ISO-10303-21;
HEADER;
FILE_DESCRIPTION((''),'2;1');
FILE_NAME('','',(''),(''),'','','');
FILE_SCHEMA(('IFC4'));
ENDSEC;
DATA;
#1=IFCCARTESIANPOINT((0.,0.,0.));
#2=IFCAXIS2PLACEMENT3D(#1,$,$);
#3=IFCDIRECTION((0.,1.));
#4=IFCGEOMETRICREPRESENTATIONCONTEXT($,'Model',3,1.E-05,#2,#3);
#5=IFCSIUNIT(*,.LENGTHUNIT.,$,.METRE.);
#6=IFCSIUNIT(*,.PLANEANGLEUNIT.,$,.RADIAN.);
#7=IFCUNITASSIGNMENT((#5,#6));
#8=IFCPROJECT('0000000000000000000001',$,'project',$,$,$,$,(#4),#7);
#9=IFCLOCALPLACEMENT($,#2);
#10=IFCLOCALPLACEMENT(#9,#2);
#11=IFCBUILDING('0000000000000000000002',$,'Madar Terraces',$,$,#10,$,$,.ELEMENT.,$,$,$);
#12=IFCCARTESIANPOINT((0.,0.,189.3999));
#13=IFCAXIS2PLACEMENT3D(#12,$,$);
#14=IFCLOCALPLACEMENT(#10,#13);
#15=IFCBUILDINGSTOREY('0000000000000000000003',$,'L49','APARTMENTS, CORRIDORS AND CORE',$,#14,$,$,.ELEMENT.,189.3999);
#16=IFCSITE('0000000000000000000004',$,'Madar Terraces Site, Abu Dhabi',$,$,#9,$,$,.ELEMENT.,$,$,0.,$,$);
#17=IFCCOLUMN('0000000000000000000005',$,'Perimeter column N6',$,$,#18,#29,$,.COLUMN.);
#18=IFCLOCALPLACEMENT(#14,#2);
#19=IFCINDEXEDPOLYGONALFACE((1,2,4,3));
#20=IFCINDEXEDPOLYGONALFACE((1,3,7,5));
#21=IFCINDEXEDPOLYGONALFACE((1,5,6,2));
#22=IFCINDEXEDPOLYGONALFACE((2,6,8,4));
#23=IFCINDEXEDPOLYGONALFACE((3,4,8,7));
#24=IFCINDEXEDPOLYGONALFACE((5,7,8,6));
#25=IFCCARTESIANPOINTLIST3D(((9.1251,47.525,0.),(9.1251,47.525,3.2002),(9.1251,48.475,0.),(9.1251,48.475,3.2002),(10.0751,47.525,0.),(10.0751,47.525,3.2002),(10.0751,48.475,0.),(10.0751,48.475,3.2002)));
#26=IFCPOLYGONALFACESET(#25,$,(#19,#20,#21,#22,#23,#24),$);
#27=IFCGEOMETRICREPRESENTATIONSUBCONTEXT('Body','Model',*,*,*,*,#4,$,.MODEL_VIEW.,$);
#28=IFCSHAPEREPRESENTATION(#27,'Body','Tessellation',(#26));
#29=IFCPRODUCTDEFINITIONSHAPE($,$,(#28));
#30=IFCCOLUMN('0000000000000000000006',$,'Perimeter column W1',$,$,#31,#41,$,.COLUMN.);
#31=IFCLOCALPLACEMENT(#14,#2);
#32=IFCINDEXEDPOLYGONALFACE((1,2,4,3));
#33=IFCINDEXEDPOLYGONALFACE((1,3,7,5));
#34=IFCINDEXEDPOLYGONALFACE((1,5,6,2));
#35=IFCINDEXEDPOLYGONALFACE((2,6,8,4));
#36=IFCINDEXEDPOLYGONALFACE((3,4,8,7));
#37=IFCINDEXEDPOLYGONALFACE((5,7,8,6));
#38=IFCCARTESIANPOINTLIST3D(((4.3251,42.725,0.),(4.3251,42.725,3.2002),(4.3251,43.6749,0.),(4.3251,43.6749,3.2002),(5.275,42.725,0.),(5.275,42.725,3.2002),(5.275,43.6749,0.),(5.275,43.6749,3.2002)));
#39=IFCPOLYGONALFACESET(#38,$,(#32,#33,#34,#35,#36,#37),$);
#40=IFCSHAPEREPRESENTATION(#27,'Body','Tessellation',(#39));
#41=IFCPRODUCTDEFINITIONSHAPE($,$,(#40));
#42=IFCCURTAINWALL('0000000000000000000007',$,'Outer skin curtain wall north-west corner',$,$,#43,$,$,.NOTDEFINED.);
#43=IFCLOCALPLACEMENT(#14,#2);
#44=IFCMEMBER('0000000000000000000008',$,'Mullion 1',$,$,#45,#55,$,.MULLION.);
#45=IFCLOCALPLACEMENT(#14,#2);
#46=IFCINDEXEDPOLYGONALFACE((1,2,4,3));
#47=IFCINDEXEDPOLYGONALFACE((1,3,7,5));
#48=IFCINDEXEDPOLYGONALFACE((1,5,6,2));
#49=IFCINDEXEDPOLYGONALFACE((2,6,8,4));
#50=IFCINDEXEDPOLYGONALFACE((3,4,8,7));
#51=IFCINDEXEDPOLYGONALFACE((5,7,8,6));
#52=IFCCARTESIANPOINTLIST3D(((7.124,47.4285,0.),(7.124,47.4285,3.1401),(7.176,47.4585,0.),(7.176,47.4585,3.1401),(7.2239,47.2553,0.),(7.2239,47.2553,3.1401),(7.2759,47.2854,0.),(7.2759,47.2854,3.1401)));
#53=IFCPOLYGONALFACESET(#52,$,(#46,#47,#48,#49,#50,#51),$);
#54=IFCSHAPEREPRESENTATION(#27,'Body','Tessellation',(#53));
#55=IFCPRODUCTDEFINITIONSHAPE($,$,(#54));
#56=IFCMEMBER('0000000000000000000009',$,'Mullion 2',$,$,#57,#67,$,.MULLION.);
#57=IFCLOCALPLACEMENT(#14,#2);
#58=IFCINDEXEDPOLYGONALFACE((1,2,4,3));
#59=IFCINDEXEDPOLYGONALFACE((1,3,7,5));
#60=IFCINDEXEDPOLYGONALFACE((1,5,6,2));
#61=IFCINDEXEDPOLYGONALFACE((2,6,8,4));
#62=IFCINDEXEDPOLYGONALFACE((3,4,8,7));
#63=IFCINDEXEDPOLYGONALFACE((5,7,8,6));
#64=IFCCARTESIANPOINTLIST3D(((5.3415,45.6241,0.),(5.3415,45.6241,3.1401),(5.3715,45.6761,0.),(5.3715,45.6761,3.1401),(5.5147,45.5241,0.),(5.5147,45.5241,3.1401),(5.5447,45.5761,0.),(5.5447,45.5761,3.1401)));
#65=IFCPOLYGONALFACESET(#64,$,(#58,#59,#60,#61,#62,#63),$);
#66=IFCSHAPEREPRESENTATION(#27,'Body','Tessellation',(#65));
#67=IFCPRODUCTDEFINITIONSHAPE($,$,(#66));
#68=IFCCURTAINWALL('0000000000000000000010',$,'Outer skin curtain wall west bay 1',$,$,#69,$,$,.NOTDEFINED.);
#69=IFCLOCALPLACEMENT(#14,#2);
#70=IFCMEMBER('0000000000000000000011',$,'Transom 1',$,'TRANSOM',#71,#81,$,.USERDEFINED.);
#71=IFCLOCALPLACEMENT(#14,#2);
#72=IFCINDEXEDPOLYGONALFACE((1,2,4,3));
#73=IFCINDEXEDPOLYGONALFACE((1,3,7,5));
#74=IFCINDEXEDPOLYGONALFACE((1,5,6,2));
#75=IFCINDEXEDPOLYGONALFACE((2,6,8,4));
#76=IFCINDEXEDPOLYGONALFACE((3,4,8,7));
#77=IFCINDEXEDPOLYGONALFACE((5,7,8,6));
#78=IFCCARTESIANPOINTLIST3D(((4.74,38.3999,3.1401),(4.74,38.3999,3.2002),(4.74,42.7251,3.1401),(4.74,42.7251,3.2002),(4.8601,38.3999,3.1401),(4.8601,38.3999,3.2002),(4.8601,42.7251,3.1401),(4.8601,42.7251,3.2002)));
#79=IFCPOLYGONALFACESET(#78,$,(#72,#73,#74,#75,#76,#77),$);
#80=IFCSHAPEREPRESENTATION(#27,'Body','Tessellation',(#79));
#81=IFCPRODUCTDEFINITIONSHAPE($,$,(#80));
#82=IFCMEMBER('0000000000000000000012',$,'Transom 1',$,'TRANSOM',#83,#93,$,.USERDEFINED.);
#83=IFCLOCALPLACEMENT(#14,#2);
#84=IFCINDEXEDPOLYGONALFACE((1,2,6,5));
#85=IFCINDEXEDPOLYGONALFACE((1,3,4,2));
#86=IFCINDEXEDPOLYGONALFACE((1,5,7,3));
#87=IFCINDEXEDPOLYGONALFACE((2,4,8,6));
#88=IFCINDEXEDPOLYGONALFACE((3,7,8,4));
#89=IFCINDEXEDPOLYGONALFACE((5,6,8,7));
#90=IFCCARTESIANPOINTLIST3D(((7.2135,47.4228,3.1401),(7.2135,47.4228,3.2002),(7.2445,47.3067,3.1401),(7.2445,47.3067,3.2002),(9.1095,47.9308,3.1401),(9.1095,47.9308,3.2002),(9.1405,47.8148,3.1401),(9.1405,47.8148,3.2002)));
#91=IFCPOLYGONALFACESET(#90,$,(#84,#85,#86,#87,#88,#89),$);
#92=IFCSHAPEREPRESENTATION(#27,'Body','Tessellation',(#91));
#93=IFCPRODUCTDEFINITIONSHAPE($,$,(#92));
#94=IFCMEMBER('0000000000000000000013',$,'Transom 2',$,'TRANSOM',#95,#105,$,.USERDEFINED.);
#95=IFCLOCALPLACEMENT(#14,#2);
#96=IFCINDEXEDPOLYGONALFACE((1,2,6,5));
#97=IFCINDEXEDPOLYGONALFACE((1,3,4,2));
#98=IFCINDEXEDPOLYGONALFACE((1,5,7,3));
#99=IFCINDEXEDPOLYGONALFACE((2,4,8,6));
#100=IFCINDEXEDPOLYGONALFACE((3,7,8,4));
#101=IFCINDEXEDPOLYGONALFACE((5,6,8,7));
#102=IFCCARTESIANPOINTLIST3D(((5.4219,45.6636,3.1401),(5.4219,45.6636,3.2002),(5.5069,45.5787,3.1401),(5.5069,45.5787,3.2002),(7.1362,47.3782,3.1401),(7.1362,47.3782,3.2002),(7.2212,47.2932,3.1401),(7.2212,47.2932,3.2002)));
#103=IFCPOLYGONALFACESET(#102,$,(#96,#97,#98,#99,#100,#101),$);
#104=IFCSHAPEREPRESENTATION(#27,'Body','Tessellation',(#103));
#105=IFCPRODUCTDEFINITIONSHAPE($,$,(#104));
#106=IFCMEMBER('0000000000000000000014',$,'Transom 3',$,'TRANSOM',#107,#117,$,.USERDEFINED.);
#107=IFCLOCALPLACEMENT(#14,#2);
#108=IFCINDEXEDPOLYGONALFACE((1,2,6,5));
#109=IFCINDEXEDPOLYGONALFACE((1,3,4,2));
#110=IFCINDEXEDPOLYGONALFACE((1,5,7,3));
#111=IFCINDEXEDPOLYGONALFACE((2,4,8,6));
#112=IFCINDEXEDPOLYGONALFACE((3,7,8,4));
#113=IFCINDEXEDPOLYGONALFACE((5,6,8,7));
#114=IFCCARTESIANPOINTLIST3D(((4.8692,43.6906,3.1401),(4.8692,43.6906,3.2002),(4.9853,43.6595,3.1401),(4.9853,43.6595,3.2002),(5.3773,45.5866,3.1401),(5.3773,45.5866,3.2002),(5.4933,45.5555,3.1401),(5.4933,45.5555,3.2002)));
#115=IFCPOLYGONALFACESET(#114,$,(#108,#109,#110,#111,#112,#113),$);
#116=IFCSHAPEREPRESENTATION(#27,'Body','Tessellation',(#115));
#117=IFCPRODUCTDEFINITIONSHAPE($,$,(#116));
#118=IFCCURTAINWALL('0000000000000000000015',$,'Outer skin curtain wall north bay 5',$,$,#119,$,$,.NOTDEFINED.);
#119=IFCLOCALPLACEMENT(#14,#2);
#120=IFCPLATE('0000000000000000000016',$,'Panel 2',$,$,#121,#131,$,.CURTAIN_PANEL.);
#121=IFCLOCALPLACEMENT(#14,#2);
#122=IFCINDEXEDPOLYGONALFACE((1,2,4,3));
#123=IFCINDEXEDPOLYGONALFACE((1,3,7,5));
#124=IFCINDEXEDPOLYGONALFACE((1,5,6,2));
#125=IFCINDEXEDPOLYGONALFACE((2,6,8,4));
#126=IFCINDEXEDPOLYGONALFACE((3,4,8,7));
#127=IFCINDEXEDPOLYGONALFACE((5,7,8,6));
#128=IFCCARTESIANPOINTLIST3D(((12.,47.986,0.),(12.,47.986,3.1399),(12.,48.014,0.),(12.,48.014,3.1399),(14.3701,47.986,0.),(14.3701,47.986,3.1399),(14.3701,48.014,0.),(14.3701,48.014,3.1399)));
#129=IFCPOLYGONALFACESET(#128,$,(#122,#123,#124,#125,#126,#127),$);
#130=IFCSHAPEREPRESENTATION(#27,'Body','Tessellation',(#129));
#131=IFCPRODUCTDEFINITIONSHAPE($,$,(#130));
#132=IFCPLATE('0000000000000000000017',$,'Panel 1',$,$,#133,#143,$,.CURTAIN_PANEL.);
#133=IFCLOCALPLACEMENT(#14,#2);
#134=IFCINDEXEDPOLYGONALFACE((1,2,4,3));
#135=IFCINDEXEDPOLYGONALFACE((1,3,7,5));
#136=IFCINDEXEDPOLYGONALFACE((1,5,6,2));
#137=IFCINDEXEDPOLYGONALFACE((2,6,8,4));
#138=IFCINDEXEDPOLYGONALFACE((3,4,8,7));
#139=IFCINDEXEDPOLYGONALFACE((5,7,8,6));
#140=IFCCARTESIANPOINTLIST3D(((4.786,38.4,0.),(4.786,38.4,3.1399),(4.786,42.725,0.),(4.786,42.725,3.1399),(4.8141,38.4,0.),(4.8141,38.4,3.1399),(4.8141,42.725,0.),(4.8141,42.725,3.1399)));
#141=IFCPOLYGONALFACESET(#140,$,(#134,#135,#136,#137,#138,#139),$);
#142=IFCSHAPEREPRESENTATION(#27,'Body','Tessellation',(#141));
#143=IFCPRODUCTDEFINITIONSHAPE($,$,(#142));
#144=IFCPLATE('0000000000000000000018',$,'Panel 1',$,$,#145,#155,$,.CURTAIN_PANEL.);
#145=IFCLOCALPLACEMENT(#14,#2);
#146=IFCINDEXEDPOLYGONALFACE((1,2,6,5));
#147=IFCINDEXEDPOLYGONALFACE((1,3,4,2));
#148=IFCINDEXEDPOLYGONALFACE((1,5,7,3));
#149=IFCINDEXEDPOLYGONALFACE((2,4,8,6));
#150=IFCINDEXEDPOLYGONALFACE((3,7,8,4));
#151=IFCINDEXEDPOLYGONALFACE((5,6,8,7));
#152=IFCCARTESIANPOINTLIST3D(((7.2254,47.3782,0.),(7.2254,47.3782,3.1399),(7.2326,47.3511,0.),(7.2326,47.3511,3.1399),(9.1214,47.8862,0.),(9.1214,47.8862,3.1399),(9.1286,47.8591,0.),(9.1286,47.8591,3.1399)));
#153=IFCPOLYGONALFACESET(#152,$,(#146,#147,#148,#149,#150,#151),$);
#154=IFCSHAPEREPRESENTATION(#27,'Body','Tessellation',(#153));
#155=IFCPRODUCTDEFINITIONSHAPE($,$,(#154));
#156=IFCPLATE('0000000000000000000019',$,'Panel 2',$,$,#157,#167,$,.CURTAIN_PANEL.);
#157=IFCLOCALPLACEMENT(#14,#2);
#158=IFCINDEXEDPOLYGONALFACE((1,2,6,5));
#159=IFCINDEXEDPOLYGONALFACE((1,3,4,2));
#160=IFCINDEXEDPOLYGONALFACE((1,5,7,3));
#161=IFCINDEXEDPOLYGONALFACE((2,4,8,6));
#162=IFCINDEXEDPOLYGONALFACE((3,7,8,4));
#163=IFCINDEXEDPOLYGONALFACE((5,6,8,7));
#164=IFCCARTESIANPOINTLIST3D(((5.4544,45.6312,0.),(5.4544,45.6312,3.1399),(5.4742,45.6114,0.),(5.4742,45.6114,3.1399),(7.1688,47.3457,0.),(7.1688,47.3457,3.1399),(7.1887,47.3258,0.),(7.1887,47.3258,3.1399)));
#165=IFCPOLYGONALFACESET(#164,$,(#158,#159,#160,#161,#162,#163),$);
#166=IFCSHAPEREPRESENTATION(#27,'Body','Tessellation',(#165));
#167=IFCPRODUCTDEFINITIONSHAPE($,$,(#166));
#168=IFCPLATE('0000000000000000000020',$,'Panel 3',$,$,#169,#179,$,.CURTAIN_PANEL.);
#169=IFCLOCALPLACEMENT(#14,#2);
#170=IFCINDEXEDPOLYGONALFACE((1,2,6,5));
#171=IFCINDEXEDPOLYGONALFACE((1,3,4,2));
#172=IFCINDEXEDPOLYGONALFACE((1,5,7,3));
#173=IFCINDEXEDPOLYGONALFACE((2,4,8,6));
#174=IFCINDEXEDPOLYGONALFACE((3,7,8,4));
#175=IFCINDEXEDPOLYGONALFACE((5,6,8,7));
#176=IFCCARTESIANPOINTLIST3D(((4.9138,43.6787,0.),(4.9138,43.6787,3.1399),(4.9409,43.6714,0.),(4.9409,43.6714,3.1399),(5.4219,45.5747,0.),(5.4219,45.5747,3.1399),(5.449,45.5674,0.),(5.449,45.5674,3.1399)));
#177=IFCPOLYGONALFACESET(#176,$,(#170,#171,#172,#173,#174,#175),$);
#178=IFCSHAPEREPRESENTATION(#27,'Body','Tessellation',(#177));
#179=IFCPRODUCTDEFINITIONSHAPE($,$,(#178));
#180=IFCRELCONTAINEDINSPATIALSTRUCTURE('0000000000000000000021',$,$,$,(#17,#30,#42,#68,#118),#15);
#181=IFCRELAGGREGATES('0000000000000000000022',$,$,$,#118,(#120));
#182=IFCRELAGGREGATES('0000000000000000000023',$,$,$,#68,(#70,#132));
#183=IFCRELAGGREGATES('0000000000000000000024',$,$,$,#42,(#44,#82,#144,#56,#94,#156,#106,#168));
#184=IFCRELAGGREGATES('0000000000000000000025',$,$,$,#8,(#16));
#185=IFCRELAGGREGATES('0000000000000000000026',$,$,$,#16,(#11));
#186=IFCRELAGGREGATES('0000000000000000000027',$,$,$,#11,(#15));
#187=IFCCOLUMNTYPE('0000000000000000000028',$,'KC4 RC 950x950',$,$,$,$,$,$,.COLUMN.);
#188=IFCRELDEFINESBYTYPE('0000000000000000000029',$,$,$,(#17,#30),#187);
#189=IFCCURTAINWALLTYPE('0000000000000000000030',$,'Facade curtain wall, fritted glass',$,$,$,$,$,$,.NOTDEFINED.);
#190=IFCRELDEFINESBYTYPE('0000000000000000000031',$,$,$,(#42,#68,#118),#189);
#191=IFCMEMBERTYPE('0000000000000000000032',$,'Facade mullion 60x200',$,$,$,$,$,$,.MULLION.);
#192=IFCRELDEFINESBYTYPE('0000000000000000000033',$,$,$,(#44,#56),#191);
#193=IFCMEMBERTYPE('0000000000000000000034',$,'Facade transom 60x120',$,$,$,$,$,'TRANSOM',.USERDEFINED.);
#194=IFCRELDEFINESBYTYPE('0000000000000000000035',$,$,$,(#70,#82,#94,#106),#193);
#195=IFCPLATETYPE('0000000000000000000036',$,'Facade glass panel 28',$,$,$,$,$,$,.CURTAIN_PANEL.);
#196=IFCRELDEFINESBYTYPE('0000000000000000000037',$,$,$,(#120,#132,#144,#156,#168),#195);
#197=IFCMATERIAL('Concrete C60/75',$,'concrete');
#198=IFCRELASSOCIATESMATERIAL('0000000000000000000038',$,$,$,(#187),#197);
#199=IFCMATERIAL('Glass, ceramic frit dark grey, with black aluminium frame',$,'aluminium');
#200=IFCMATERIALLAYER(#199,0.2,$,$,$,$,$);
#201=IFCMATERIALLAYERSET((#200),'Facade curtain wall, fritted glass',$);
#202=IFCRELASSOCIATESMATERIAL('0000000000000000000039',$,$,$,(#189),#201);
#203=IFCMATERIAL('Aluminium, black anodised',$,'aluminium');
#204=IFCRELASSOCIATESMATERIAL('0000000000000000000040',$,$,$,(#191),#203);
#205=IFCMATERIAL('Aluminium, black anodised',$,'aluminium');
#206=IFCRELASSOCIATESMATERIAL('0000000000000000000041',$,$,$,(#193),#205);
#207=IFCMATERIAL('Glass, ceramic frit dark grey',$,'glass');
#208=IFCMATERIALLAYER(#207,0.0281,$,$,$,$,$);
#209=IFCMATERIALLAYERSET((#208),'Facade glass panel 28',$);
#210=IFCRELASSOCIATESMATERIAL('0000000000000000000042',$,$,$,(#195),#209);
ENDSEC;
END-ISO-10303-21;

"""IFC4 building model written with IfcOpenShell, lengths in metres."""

from ifc_helpers import new_model, si_unit, direction, frame, origin, origin_2d, place, context, subcontext, project, spatial, rectangle, extrude, material, layer, layer_set, material_profile, profile_set, type_object, element, aggregate, save


model = new_model("IFC4")

# Units and contexts
model_context = context("Model", 3, precision=1e-05, world=origin(), true_north=direction((0.0, 1.0)))
body_context = subcontext(model_context, "Body", "Model", "MODEL_VIEW")
ifc_project = project(units=[si_unit("LENGTHUNIT", "METRE"), si_unit("PLANEANGLEUNIT", "RADIAN")], contexts=[model_context])

# Site, building, storey
site_placement = place(None, origin())
site = spatial("IfcSite", under=ifc_project, at=site_placement, Name="Madar Terraces Site, Abu Dhabi", CompositionType="ELEMENT", RefElevation=0.0)
building_placement = place(site_placement, origin())
building = spatial("IfcBuilding", under=site, at=building_placement, Name="Madar Terraces", CompositionType="ELEMENT")
storey_placement = place(building_placement, frame((0.0, 0.0, 189.3999)))
storey = spatial("IfcBuildingStorey", under=building, at=storey_placement, Name="L49", Description="APARTMENTS, CORRIDORS AND CORE", CompositionType="ELEMENT", Elevation=189.3999)

# Columns
ifc_material_1 = material(Name="Concrete C60/75", Category="concrete")
ifc_material_profile_1 = material_profile(ifc_material_1, rectangle(XDim=0.95, YDim=0.95, at=origin_2d()), Name="KC4 RC 950x950")
ifc_profile_set_1 = profile_set([ifc_material_profile_1], Name="Concrete C60/75")
column_type = type_object("IfcColumnType", Name="KC4 RC 950x950", PredefinedType="COLUMN", material=ifc_profile_set_1)
for number, where, z_axis, x_axis, name in (
    (1, (9.6001, 48.0, 0.0), (0.0, 0.0, 1.0), (1.0, 0.0, 0.0), "Perimeter column N6"),
    (2, (4.8, 43.2, 0.0), (0.0, 0.0, 1.0), (1.0, 0.0, 0.0), "Perimeter column W1"),
):
    element("IfcColumn", number, at=place(storey_placement, frame(where, z_axis=z_axis, x_axis=x_axis)), inside=storey, type_object=column_type, Name=name, PredefinedType="COLUMN", context=body_context, shape_type="SweptSolid", body=[
        extrude(rectangle(XDim=0.95, YDim=0.95, at=origin_2d()), origin(), (0.0, 0.0, 1.0), 3.2002),
    ])

# Curtain wall, members
ifc_material_2 = material(Name="Glass, ceramic frit dark grey, with black aluminium frame", Category="aluminium")
ifc_layer_1 = layer(ifc_material_2, 0.2)
ifc_layer_set_1 = layer_set([ifc_layer_1], Name="Facade curtain wall, fritted glass")
curtain_wall_type = type_object("IfcCurtainWallType", Name="Facade curtain wall, fritted glass", PredefinedType="NOTDEFINED", material=ifc_layer_set_1)
curtain_wall_1_placement = place(storey_placement, origin())
curtain_wall_1 = element("IfcCurtainWall", 3, at=curtain_wall_1_placement, inside=storey, type_object=curtain_wall_type, Name="Outer skin curtain wall north-west corner", PredefinedType="NOTDEFINED")
ifc_material_3 = material(Name="Aluminium, black anodised", Category="aluminium")
ifc_material_profile_2 = material_profile(ifc_material_3, rectangle(XDim=0.2, YDim=0.0601, at=origin_2d()), Name="Facade mullion 60x200")
ifc_profile_set_2 = profile_set([ifc_material_profile_2], Name="Aluminium, black anodised")
member_type_1 = type_object("IfcMemberType", Name="Facade mullion 60x200", PredefinedType="MULLION", material=ifc_profile_set_2)
member_1_placement = place(storey_placement, frame((7.2, 47.3569, 0.0), z_axis=(0.0, 0.0, 1.0), x_axis=(0.5, -0.866025, 0.0)))
member_1 = element("IfcMember", 4, at=member_1_placement, type_object=member_type_1, Name="Mullion 1", PredefinedType="MULLION", context=body_context, shape_type="SweptSolid", body=[
    extrude(rectangle(XDim=0.2, YDim=0.0601, at=origin_2d()), origin(), (0.0, 0.0, 1.0), 3.1401),
])
member_2_placement = place(storey_placement, frame((5.4431, 45.6001, 0.0), z_axis=(0.0, 0.0, 1.0), x_axis=(0.866025, -0.5, 0.0)))
member_2 = element("IfcMember", 5, at=member_2_placement, type_object=member_type_1, Name="Mullion 2", PredefinedType="MULLION", context=body_context, shape_type="SweptSolid", body=[
    extrude(rectangle(XDim=0.2, YDim=0.0601, at=origin_2d()), origin(), (0.0, 0.0, 1.0), 3.1401),
])

# Curtain wall, member
curtain_wall_2_placement = place(storey_placement, origin())
curtain_wall_2 = element("IfcCurtainWall", 6, at=curtain_wall_2_placement, inside=storey, type_object=curtain_wall_type, Name="Outer skin curtain wall west bay 1", PredefinedType="NOTDEFINED")
ifc_material_4 = material(Name="Aluminium, black anodised", Category="aluminium")
ifc_material_profile_3 = material_profile(ifc_material_4, rectangle(XDim=0.1201, YDim=0.0601, at=origin_2d()), Name="Facade transom 60x120")
ifc_profile_set_3 = profile_set([ifc_material_profile_3], Name="Aluminium, black anodised")
member_type_2 = type_object("IfcMemberType", Name="Facade transom 60x120", ElementType="TRANSOM", PredefinedType="USERDEFINED", material=ifc_profile_set_3)
member_3_placement = place(storey_placement, frame((4.8, 42.7251, 3.1702), z_axis=(0.0, -1.0, 0.0), x_axis=(1.0, 0.0, 0.0)))
member_3 = element("IfcMember", 7, at=member_3_placement, type_object=member_type_2, Name="Transom 1", ObjectType="TRANSOM", PredefinedType="USERDEFINED", context=body_context, shape_type="SweptSolid", body=[
    extrude(rectangle(XDim=0.1201, YDim=0.0601, at=origin_2d()), origin(), (0.0, 0.0, 1.0), 4.3252),
])

# Members
member_4_placement = place(storey_placement, frame((9.125, 47.8728, 3.1702), z_axis=(-0.965923, -0.258831, 0.0), x_axis=(0.258831, -0.965923, 0.0)))
member_4 = element("IfcMember", 8, at=member_4_placement, type_object=member_type_2, Name="Transom 1", ObjectType="TRANSOM", PredefinedType="USERDEFINED", context=body_context, shape_type="SweptSolid", body=[
    extrude(rectangle(XDim=0.1201, YDim=0.0601, at=origin_2d()), origin(), (0.0, 0.0, 1.0), 1.9629),
])
member_5_placement = place(storey_placement, frame((7.1787, 47.3357, 3.1702), z_axis=(-0.707056, -0.707157, 0.0), x_axis=(0.707157, -0.707056, 0.0)))
member_5 = element("IfcMember", 9, at=member_5_placement, type_object=member_type_2, Name="Transom 2", ObjectType="TRANSOM", PredefinedType="USERDEFINED", context=body_context, shape_type="SweptSolid", body=[
    extrude(rectangle(XDim=0.1201, YDim=0.0601, at=origin_2d()), origin(), (0.0, 0.0, 1.0), 2.4246),
])
member_6_placement = place(storey_placement, frame((5.4353, 45.571, 3.1702), z_axis=(-0.258831, -0.965923, 0.0), x_axis=(0.965923, -0.258831, 0.0)))
member_6 = element("IfcMember", 10, at=member_6_placement, type_object=member_type_2, Name="Transom 3", ObjectType="TRANSOM", PredefinedType="USERDEFINED", context=body_context, shape_type="SweptSolid", body=[
    extrude(rectangle(XDim=0.1201, YDim=0.0601, at=origin_2d()), origin(), (0.0, 0.0, 1.0), 1.9629),
])

# Curtain wall, plate
curtain_wall_3_placement = place(storey_placement, origin())
curtain_wall_3 = element("IfcCurtainWall", 11, at=curtain_wall_3_placement, inside=storey, type_object=curtain_wall_type, Name="Outer skin curtain wall north bay 5", PredefinedType="NOTDEFINED")
ifc_material_5 = material(Name="Glass, ceramic frit dark grey", Category="glass")
ifc_layer_2 = layer(ifc_material_5, 0.0281)
ifc_layer_set_2 = layer_set([ifc_layer_2], Name="Facade glass panel 28")
plate_type = type_object("IfcPlateType", Name="Facade glass panel 28", PredefinedType="CURTAIN_PANEL", material=ifc_layer_set_2)
plate_1_placement = place(storey_placement, frame((13.1851, 48.0, 0.0), z_axis=(0.0, 0.0, 1.0), x_axis=(-1.0, 0.0, 0.0)))
plate_1 = element("IfcPlate", 12, at=plate_1_placement, type_object=plate_type, Name="Panel 2", PredefinedType="CURTAIN_PANEL", context=body_context, shape_type="SweptSolid", body=[
    extrude(rectangle(XDim=2.3701, YDim=0.0281, at=origin_2d()), origin(), (0.0, 0.0, 1.0), 3.1399),
])
aggregate(curtain_wall_3, [plate_1])

# Plates
plate_2_placement = place(storey_placement, frame((4.8, 40.5625, 0.0), z_axis=(0.0, 0.0, 1.0), x_axis=(0.0, -1.0, 0.0)))
plate_2 = element("IfcPlate", 13, at=plate_2_placement, type_object=plate_type, Name="Panel 1", PredefinedType="CURTAIN_PANEL", context=body_context, shape_type="SweptSolid", body=[
    extrude(rectangle(XDim=4.325, YDim=0.0281, at=origin_2d()), origin(), (0.0, 0.0, 1.0), 3.1399),
])
aggregate(curtain_wall_2, [member_3, plate_2])
plate_3_placement = place(storey_placement, frame((8.177, 47.6187, 0.0), z_axis=(0.0, 0.0, 1.0), x_axis=(-0.965926, -0.258819, 0.0)))
plate_3 = element("IfcPlate", 14, at=plate_3_placement, type_object=plate_type, Name="Panel 1", PredefinedType="CURTAIN_PANEL", context=body_context, shape_type="SweptSolid", body=[
    extrude(rectangle(XDim=1.9629, YDim=0.0281, at=origin_2d()), origin(), (0.0, 0.0, 1.0), 3.1399),
])
plate_4_placement = place(storey_placement, frame((6.3215, 46.4785, 0.0), z_axis=(0.0, 0.0, 1.0), x_axis=(-0.707107, -0.707107, 0.0)))
plate_4 = element("IfcPlate", 15, at=plate_4_placement, type_object=plate_type, Name="Panel 2", PredefinedType="CURTAIN_PANEL", context=body_context, shape_type="SweptSolid", body=[
    extrude(rectangle(XDim=2.4246, YDim=0.0281, at=origin_2d()), origin(), (0.0, 0.0, 1.0), 3.1399),
])
plate_5_placement = place(storey_placement, frame((5.1814, 44.623, 0.0), z_axis=(0.0, 0.0, 1.0), x_axis=(-0.258819, -0.965926, 0.0)))
plate_5 = element("IfcPlate", 16, at=plate_5_placement, type_object=plate_type, Name="Panel 3", PredefinedType="CURTAIN_PANEL", context=body_context, shape_type="SweptSolid", body=[
    extrude(rectangle(XDim=1.9629, YDim=0.0281, at=origin_2d()), origin(), (0.0, 0.0, 1.0), 3.1399),
])
aggregate(curtain_wall_1, [member_1, member_4, plate_3, member_2, member_5, plate_4, member_6, plate_5])

save(model, "model.ifc")
